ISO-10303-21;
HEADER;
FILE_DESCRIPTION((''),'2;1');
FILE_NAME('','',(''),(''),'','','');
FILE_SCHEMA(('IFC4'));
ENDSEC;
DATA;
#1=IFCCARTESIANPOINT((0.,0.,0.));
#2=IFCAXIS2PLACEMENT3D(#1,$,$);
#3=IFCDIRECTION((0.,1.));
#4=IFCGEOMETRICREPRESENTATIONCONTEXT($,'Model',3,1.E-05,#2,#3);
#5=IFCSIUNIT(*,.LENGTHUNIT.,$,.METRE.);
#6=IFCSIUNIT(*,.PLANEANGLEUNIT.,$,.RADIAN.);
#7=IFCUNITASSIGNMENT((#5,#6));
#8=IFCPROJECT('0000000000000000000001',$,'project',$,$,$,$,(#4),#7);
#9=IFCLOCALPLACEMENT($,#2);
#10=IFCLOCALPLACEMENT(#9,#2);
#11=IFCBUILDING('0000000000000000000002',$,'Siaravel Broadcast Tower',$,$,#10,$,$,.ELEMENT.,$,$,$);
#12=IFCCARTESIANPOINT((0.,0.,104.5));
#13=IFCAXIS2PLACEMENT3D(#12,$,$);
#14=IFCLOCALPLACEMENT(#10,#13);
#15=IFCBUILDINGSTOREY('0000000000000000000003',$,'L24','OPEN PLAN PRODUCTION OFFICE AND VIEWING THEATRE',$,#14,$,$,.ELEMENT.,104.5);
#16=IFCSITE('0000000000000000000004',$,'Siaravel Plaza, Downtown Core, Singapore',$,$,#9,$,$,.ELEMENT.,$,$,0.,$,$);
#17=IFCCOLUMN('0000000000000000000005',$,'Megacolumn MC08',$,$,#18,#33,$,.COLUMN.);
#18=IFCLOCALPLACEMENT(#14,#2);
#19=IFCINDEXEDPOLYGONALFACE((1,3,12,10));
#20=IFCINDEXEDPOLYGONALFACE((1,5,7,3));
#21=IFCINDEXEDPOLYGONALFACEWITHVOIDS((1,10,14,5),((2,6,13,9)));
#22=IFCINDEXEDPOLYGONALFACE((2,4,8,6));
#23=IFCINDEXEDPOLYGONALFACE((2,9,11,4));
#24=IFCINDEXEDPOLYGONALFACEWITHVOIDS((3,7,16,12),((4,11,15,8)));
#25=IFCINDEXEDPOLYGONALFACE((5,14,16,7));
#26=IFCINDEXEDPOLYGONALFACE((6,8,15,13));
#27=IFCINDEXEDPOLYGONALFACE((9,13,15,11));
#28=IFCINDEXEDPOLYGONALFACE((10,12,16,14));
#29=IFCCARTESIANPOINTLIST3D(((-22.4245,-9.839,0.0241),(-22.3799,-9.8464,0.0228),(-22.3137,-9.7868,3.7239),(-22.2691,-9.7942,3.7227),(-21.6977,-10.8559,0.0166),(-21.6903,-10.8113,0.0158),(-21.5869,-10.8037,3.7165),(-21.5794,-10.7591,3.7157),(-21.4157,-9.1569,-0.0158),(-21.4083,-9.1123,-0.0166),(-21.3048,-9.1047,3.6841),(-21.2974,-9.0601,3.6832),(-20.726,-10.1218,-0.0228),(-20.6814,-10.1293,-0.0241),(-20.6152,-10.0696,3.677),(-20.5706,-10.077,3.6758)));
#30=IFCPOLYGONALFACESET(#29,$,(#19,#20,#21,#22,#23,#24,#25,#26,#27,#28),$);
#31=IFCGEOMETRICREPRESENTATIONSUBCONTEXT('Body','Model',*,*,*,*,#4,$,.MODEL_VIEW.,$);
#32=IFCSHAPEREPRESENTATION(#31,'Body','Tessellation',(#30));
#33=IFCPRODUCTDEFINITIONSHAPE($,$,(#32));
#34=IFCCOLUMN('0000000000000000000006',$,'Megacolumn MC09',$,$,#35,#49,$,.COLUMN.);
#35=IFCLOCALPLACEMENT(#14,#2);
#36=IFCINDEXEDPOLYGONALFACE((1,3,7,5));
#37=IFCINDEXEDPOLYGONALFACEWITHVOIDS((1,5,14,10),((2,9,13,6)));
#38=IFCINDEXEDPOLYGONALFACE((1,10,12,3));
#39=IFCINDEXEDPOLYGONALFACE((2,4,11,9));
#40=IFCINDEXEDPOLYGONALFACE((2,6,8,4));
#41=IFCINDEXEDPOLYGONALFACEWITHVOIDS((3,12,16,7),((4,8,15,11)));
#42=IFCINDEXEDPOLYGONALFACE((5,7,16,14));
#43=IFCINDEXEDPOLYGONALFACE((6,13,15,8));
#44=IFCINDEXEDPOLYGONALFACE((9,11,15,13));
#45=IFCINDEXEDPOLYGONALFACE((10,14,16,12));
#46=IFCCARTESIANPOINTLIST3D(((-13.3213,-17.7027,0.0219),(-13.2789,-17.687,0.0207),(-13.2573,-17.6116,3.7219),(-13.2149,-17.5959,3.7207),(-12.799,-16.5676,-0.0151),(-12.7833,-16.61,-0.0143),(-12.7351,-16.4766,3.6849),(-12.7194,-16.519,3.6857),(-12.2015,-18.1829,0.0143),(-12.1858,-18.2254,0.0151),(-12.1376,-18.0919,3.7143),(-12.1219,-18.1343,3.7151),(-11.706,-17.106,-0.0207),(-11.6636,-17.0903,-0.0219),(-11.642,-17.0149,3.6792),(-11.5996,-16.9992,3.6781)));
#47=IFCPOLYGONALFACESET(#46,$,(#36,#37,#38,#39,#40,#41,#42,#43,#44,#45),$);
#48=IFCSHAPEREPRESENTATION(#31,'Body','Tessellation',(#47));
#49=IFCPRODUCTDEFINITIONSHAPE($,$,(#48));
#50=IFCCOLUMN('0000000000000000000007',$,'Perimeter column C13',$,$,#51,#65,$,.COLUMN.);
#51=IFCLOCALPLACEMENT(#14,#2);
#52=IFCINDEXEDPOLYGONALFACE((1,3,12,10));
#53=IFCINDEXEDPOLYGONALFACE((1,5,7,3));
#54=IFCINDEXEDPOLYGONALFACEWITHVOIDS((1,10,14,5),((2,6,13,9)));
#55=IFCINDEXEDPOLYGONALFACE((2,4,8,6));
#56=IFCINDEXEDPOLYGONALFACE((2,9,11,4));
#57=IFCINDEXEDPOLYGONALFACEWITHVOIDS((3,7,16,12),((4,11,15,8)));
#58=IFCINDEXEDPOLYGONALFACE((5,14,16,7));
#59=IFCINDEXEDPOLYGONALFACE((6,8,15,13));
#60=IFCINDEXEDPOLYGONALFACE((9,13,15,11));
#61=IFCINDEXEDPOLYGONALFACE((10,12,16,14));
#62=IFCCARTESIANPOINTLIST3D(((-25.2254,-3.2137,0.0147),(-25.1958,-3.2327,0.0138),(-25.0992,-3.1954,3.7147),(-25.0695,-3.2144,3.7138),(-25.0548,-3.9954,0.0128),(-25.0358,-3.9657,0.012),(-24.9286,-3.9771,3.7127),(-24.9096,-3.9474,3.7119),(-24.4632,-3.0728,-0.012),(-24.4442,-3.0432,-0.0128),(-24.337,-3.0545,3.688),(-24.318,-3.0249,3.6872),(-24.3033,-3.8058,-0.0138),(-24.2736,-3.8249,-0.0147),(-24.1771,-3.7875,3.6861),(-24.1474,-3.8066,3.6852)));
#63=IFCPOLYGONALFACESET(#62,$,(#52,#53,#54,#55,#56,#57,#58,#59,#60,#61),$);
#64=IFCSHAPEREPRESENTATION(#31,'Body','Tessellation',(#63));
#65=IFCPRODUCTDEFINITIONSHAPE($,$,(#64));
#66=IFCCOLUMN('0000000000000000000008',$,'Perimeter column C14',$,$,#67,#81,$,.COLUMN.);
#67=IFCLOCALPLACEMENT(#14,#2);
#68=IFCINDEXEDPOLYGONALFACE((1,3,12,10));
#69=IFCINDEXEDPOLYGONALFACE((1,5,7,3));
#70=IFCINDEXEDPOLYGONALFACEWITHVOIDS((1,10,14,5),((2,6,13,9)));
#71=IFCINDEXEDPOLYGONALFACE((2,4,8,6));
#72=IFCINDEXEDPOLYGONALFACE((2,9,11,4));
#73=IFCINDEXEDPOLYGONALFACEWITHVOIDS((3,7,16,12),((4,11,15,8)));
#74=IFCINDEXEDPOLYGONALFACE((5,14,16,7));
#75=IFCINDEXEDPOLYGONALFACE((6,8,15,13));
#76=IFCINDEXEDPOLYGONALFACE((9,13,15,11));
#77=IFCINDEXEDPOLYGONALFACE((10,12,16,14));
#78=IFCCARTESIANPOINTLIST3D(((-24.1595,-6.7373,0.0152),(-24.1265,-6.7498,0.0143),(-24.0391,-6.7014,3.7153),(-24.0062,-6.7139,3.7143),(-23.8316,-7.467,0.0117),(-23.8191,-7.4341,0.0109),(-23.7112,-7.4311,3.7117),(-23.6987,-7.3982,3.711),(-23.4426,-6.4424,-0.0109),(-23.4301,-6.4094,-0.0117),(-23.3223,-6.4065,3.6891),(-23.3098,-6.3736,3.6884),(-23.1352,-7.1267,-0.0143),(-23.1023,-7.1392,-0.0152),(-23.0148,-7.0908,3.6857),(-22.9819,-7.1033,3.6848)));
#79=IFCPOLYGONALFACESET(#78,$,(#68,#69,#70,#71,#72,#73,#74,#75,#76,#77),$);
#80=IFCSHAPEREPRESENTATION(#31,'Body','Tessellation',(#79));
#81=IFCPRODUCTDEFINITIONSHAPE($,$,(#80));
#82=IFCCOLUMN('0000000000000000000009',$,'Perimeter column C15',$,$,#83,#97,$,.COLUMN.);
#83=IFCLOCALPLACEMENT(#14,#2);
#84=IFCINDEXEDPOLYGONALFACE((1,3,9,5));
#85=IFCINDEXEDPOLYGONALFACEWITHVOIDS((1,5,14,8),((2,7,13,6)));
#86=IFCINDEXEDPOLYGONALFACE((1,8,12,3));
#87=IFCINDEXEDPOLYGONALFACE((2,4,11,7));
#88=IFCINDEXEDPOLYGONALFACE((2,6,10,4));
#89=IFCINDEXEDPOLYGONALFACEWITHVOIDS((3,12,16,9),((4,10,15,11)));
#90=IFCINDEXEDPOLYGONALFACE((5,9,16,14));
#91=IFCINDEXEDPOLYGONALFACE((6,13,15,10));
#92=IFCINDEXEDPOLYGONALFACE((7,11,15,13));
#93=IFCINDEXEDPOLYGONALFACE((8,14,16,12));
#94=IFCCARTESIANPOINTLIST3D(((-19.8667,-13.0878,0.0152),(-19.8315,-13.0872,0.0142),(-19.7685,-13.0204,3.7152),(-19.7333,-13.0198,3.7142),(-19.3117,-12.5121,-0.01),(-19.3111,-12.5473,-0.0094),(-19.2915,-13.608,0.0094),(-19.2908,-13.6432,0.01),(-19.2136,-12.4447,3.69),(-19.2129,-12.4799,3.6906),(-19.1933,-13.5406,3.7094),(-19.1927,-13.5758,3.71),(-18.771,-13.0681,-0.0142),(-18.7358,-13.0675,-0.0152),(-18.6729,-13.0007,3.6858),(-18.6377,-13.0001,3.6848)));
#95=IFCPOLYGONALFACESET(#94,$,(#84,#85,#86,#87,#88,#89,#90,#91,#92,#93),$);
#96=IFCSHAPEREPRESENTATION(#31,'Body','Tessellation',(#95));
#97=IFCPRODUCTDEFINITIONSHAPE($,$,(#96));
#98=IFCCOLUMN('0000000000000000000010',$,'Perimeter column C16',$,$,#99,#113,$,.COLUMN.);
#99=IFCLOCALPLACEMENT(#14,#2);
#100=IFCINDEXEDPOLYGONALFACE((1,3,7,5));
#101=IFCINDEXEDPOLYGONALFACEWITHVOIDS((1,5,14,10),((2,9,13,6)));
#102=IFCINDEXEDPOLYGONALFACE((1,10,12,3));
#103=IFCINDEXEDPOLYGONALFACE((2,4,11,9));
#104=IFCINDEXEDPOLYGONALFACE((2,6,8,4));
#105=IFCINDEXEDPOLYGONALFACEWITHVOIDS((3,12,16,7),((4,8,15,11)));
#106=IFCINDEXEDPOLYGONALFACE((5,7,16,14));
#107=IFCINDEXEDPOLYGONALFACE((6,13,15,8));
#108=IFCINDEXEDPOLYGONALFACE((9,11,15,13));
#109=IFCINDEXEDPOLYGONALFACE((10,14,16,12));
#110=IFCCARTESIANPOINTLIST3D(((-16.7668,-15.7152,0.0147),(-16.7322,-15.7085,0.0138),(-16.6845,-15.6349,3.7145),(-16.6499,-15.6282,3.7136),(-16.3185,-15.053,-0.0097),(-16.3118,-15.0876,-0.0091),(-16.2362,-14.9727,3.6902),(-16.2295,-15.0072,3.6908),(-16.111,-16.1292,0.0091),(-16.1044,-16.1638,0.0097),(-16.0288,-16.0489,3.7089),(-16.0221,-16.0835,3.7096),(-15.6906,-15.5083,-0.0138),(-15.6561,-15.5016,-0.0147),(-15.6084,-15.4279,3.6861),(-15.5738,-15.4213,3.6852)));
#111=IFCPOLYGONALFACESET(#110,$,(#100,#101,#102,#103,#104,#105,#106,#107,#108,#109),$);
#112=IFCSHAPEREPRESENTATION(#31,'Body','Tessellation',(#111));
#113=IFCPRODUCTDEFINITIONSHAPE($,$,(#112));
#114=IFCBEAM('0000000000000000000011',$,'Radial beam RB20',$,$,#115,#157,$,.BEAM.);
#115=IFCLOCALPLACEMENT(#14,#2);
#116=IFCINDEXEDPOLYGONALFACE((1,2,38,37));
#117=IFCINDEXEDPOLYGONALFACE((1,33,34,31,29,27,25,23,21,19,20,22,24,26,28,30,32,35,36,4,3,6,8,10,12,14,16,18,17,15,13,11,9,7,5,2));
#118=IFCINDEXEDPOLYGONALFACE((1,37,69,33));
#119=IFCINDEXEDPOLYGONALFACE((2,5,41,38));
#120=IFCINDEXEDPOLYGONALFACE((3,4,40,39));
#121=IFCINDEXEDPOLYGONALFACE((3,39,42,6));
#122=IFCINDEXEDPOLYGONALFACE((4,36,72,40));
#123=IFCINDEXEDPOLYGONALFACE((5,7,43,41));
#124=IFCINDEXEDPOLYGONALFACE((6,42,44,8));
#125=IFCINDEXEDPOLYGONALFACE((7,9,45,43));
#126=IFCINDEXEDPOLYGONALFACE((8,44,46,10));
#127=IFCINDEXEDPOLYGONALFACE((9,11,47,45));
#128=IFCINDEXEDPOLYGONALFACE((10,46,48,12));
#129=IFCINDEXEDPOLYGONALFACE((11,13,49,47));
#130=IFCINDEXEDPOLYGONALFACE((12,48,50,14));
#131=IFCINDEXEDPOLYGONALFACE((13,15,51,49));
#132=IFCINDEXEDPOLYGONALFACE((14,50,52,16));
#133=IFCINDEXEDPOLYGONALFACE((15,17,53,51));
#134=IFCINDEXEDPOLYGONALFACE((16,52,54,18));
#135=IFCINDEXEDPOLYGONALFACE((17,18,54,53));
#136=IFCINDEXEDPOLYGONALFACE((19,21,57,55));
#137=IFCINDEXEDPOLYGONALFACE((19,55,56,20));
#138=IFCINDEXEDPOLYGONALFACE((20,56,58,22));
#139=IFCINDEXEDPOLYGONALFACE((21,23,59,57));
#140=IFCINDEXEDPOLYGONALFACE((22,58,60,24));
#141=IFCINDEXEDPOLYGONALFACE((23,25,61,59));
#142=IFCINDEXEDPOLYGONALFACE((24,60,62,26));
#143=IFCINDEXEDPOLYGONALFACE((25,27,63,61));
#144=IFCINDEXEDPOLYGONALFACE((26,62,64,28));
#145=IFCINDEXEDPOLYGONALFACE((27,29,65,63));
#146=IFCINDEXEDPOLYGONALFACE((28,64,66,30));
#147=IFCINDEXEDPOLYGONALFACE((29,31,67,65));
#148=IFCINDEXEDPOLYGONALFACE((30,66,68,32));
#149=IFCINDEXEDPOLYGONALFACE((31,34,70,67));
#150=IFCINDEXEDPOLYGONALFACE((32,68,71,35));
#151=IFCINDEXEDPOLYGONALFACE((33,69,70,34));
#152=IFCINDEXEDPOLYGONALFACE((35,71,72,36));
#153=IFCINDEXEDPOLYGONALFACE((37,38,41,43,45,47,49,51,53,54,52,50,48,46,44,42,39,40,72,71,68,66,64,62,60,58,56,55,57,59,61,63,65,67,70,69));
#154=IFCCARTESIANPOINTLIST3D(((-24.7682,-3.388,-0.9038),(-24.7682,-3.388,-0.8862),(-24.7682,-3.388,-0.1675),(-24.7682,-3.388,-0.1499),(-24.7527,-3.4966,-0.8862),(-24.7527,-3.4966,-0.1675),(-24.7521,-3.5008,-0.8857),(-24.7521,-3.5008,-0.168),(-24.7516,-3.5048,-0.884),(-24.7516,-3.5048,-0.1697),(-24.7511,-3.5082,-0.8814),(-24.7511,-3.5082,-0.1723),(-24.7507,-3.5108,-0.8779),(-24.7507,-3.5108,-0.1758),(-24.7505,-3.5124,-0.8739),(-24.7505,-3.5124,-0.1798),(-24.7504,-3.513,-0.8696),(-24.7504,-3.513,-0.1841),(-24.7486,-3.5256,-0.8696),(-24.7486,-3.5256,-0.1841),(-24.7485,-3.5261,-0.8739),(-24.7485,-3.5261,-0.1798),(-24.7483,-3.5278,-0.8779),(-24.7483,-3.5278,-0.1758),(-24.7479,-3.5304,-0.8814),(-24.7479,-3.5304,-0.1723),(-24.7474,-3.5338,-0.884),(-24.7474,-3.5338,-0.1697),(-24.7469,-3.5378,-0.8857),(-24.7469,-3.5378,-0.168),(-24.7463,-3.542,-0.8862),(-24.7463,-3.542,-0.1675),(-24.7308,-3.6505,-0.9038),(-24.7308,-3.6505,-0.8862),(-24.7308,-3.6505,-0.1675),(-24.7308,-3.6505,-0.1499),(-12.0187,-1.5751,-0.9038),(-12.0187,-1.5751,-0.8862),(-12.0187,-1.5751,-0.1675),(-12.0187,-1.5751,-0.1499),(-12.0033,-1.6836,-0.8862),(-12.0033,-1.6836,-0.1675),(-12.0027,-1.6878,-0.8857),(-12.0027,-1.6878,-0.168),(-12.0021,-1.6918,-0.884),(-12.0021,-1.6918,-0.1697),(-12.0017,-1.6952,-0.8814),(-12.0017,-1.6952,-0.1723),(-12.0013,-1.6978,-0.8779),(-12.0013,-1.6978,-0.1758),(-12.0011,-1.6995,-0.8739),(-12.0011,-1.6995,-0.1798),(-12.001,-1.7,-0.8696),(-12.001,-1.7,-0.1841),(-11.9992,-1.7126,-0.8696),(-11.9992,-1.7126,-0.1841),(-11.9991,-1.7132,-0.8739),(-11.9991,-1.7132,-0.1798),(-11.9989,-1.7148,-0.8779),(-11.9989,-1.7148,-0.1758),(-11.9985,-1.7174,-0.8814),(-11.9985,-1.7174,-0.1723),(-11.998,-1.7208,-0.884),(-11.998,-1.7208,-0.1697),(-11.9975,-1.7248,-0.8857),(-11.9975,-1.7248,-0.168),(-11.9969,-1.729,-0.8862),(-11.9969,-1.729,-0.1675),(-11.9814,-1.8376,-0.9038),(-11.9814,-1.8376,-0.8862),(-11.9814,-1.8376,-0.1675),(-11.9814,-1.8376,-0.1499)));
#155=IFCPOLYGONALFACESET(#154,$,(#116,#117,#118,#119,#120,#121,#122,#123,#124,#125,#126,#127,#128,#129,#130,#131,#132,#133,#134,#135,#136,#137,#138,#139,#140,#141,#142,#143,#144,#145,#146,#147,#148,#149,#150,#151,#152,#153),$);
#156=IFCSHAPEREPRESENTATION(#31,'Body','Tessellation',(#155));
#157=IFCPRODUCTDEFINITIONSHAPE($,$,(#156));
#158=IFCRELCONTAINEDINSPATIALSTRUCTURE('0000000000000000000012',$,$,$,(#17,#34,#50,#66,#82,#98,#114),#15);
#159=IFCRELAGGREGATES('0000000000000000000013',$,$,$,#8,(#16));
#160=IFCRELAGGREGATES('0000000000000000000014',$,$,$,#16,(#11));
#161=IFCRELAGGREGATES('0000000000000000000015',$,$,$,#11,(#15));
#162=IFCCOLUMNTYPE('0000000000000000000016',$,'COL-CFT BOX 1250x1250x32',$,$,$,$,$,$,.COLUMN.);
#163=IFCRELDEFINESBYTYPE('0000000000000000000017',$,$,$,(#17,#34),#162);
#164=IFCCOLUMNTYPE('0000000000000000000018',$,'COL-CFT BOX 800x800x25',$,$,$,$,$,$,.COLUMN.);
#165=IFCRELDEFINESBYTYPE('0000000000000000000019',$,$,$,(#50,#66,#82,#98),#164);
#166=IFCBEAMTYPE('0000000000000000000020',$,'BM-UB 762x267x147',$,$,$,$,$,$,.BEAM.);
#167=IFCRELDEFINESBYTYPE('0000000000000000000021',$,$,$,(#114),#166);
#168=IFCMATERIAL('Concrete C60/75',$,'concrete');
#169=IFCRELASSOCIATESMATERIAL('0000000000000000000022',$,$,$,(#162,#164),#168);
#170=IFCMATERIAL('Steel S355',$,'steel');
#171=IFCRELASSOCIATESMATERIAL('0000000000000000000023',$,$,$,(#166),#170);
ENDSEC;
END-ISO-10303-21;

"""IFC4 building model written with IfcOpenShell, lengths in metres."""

from ifc_helpers import new_model, si_unit, direction, frame, origin, origin_2d, place, context, subcontext, project, spatial, hollow_rectangle, i_section, extrude, material, material_profile, profile_set, type_object, element, save


model = new_model("IFC4")

# Units and contexts
model_context = context("Model", 3, precision=1e-05, world=origin(), true_north=direction((0.0, 1.0)))
body_context = subcontext(model_context, "Body", "Model", "MODEL_VIEW")
ifc_project = project(units=[si_unit("LENGTHUNIT", "METRE"), si_unit("PLANEANGLEUNIT", "RADIAN")], contexts=[model_context])

# Site, building, storey
site_placement = place(None, origin())
site = spatial("IfcSite", under=ifc_project, at=site_placement, Name="Siaravel Plaza, Downtown Core, Singapore", CompositionType="ELEMENT", RefElevation=0.0)
building_placement = place(site_placement, origin())
building = spatial("IfcBuilding", under=site, at=building_placement, Name="Siaravel Broadcast Tower", CompositionType="ELEMENT")
storey_placement = place(building_placement, frame((0.0, 0.0, 104.5)))
storey = spatial("IfcBuildingStorey", under=building, at=storey_placement, Name="L24", Description="OPEN PLAN PRODUCTION OFFICE AND VIEWING THEATRE", CompositionType="ELEMENT", Elevation=104.5)

# Columns
ifc_material_1 = material(Name="Concrete C60/75", Category="concrete")
ifc_material_profile_1 = material_profile(ifc_material_1, hollow_rectangle(XDim=1.25, YDim=1.25, WallThickness=0.032, at=origin_2d()))
ifc_profile_set_1 = profile_set([ifc_material_profile_1], Name="Concrete C60/75")
column_type_1 = type_object("IfcColumnType", Name="COL-CFT BOX 1250x1250x32", PredefinedType="COLUMN", material=ifc_profile_set_1)
column_1_placement = place(storey_placement, frame((-21.553, -9.9841, 0.0), z_axis=(0.029941, 0.014113, 0.999452), x_axis=(-0.581475, 0.813543, 0.005931)))
element("IfcColumn", 1, at=column_1_placement, inside=storey, type_object=column_type_1, Name="Megacolumn MC08", PredefinedType="COLUMN", context=body_context, shape_type="SweptSolid", body=[
    extrude(hollow_rectangle(XDim=1.25, YDim=1.25, WallThickness=0.032, at=origin_2d()), origin(), (0.0, 0.0, 1.0), 3.7019),
])
column_2_placement = place(storey_placement, frame((-12.4924, -17.3965, 0.0), z_axis=(0.01728, 0.024601, 0.999548), x_axis=(-0.908369, 0.418135, 0.005413)))
element("IfcColumn", 2, at=column_2_placement, inside=storey, type_object=column_type_1, Name="Megacolumn MC09", PredefinedType="COLUMN", context=body_context, shape_type="SweptSolid", body=[
    extrude(hollow_rectangle(XDim=1.25, YDim=1.25, WallThickness=0.032, at=origin_2d()), origin(), (0.0, 0.0, 1.0), 3.7017),
])
ifc_material_profile_2 = material_profile(ifc_material_1, hollow_rectangle(XDim=0.8, YDim=0.8, WallThickness=0.0249, at=origin_2d()))
ifc_profile_set_2 = profile_set([ifc_material_profile_2], Name="Concrete C60/75")
column_type_2 = type_object("IfcColumnType", Name="COL-CFT BOX 800x800x25", PredefinedType="COLUMN", material=ifc_profile_set_2)
for number, where, z_axis, x_axis, name in (
    (3, (-24.7495, -3.5193, 0.0), (0.034094, 0.004946, 0.999406), (-0.213163, 0.977014, 0.002437), "Perimeter column C13"),
    (4, (-23.6309, -6.9382, 0.0), (0.032512, 0.009694, 0.999424), (-0.409822, 0.912154, 0.004484), "Perimeter column C14"),
):
    element("IfcColumn", number, at=place(storey_placement, frame(where, z_axis=z_axis, x_axis=x_axis)), inside=storey, type_object=column_type_2, Name=name, PredefinedType="COLUMN", context=body_context, shape_type="SweptSolid", body=[
        extrude(hollow_rectangle(XDim=0.8, YDim=0.8, WallThickness=0.0249, at=origin_2d()), origin(), (0.0, 0.0, 1.0), 3.7021),
    ])
column_3_placement = place(storey_placement, frame((-19.3013, -13.0776, 0.0), z_axis=(0.026512, 0.018202, 0.999483), x_axis=(-0.719778, 0.694174, 0.006451)))
element("IfcColumn", 5, at=column_3_placement, inside=storey, type_object=column_type_2, Name="Perimeter column C15", PredefinedType="COLUMN", context=body_context, shape_type="SweptSolid", body=[
    extrude(hollow_rectangle(XDim=0.8, YDim=0.8, WallThickness=0.0249, at=origin_2d()), origin(), (0.0, 0.0, 1.0), 3.7019),
])
column_4_placement = place(storey_placement, frame((-16.2114, -15.6084, 0.0), z_axis=(0.022226, 0.021699, 0.999517), x_axis=(-0.82795, 0.560767, 0.006237)))
element("IfcColumn", 6, at=column_4_placement, inside=storey, type_object=column_type_2, Name="Perimeter column C16", PredefinedType="COLUMN", context=body_context, shape_type="SweptSolid", body=[
    extrude(hollow_rectangle(XDim=0.8, YDim=0.8, WallThickness=0.0249, at=origin_2d()), origin(), (0.0, 0.0, 1.0), 3.7017),
])

# Beam
ifc_material_2 = material(Name="Steel S355", Category="steel")
ifc_material_profile_3 = material_profile(ifc_material_2, i_section(OverallWidth=0.2651, OverallDepth=0.7539, WebThickness=0.0127, FlangeThickness=0.0176, FilletRadius=0.0166, at=origin_2d()))
ifc_profile_set_3 = profile_set([ifc_material_profile_3], Name="Steel S355")
beam_type = type_object("IfcBeamType", Name="BM-UB 762x267x147", PredefinedType="BEAM", material=ifc_profile_set_3)
beam_1_placement = place(storey_placement, frame((-24.7495, -3.5193, -0.5269), z_axis=(0.99004, 0.140784, 0.0), x_axis=(-0.140784, 0.99004, 0.0)))
element("IfcBeam", 7, at=beam_1_placement, inside=storey, type_object=beam_type, Name="Radial beam RB20", PredefinedType="BEAM", context=body_context, shape_type="SweptSolid", body=[
    extrude(i_section(OverallWidth=0.2651, OverallDepth=0.7539, WebThickness=0.0127, FlangeThickness=0.0176, FilletRadius=0.0166, at=origin_2d()), origin(), (0.0, 0.0, 1.0), 12.8777),
])

save(model, "model.ifc")
